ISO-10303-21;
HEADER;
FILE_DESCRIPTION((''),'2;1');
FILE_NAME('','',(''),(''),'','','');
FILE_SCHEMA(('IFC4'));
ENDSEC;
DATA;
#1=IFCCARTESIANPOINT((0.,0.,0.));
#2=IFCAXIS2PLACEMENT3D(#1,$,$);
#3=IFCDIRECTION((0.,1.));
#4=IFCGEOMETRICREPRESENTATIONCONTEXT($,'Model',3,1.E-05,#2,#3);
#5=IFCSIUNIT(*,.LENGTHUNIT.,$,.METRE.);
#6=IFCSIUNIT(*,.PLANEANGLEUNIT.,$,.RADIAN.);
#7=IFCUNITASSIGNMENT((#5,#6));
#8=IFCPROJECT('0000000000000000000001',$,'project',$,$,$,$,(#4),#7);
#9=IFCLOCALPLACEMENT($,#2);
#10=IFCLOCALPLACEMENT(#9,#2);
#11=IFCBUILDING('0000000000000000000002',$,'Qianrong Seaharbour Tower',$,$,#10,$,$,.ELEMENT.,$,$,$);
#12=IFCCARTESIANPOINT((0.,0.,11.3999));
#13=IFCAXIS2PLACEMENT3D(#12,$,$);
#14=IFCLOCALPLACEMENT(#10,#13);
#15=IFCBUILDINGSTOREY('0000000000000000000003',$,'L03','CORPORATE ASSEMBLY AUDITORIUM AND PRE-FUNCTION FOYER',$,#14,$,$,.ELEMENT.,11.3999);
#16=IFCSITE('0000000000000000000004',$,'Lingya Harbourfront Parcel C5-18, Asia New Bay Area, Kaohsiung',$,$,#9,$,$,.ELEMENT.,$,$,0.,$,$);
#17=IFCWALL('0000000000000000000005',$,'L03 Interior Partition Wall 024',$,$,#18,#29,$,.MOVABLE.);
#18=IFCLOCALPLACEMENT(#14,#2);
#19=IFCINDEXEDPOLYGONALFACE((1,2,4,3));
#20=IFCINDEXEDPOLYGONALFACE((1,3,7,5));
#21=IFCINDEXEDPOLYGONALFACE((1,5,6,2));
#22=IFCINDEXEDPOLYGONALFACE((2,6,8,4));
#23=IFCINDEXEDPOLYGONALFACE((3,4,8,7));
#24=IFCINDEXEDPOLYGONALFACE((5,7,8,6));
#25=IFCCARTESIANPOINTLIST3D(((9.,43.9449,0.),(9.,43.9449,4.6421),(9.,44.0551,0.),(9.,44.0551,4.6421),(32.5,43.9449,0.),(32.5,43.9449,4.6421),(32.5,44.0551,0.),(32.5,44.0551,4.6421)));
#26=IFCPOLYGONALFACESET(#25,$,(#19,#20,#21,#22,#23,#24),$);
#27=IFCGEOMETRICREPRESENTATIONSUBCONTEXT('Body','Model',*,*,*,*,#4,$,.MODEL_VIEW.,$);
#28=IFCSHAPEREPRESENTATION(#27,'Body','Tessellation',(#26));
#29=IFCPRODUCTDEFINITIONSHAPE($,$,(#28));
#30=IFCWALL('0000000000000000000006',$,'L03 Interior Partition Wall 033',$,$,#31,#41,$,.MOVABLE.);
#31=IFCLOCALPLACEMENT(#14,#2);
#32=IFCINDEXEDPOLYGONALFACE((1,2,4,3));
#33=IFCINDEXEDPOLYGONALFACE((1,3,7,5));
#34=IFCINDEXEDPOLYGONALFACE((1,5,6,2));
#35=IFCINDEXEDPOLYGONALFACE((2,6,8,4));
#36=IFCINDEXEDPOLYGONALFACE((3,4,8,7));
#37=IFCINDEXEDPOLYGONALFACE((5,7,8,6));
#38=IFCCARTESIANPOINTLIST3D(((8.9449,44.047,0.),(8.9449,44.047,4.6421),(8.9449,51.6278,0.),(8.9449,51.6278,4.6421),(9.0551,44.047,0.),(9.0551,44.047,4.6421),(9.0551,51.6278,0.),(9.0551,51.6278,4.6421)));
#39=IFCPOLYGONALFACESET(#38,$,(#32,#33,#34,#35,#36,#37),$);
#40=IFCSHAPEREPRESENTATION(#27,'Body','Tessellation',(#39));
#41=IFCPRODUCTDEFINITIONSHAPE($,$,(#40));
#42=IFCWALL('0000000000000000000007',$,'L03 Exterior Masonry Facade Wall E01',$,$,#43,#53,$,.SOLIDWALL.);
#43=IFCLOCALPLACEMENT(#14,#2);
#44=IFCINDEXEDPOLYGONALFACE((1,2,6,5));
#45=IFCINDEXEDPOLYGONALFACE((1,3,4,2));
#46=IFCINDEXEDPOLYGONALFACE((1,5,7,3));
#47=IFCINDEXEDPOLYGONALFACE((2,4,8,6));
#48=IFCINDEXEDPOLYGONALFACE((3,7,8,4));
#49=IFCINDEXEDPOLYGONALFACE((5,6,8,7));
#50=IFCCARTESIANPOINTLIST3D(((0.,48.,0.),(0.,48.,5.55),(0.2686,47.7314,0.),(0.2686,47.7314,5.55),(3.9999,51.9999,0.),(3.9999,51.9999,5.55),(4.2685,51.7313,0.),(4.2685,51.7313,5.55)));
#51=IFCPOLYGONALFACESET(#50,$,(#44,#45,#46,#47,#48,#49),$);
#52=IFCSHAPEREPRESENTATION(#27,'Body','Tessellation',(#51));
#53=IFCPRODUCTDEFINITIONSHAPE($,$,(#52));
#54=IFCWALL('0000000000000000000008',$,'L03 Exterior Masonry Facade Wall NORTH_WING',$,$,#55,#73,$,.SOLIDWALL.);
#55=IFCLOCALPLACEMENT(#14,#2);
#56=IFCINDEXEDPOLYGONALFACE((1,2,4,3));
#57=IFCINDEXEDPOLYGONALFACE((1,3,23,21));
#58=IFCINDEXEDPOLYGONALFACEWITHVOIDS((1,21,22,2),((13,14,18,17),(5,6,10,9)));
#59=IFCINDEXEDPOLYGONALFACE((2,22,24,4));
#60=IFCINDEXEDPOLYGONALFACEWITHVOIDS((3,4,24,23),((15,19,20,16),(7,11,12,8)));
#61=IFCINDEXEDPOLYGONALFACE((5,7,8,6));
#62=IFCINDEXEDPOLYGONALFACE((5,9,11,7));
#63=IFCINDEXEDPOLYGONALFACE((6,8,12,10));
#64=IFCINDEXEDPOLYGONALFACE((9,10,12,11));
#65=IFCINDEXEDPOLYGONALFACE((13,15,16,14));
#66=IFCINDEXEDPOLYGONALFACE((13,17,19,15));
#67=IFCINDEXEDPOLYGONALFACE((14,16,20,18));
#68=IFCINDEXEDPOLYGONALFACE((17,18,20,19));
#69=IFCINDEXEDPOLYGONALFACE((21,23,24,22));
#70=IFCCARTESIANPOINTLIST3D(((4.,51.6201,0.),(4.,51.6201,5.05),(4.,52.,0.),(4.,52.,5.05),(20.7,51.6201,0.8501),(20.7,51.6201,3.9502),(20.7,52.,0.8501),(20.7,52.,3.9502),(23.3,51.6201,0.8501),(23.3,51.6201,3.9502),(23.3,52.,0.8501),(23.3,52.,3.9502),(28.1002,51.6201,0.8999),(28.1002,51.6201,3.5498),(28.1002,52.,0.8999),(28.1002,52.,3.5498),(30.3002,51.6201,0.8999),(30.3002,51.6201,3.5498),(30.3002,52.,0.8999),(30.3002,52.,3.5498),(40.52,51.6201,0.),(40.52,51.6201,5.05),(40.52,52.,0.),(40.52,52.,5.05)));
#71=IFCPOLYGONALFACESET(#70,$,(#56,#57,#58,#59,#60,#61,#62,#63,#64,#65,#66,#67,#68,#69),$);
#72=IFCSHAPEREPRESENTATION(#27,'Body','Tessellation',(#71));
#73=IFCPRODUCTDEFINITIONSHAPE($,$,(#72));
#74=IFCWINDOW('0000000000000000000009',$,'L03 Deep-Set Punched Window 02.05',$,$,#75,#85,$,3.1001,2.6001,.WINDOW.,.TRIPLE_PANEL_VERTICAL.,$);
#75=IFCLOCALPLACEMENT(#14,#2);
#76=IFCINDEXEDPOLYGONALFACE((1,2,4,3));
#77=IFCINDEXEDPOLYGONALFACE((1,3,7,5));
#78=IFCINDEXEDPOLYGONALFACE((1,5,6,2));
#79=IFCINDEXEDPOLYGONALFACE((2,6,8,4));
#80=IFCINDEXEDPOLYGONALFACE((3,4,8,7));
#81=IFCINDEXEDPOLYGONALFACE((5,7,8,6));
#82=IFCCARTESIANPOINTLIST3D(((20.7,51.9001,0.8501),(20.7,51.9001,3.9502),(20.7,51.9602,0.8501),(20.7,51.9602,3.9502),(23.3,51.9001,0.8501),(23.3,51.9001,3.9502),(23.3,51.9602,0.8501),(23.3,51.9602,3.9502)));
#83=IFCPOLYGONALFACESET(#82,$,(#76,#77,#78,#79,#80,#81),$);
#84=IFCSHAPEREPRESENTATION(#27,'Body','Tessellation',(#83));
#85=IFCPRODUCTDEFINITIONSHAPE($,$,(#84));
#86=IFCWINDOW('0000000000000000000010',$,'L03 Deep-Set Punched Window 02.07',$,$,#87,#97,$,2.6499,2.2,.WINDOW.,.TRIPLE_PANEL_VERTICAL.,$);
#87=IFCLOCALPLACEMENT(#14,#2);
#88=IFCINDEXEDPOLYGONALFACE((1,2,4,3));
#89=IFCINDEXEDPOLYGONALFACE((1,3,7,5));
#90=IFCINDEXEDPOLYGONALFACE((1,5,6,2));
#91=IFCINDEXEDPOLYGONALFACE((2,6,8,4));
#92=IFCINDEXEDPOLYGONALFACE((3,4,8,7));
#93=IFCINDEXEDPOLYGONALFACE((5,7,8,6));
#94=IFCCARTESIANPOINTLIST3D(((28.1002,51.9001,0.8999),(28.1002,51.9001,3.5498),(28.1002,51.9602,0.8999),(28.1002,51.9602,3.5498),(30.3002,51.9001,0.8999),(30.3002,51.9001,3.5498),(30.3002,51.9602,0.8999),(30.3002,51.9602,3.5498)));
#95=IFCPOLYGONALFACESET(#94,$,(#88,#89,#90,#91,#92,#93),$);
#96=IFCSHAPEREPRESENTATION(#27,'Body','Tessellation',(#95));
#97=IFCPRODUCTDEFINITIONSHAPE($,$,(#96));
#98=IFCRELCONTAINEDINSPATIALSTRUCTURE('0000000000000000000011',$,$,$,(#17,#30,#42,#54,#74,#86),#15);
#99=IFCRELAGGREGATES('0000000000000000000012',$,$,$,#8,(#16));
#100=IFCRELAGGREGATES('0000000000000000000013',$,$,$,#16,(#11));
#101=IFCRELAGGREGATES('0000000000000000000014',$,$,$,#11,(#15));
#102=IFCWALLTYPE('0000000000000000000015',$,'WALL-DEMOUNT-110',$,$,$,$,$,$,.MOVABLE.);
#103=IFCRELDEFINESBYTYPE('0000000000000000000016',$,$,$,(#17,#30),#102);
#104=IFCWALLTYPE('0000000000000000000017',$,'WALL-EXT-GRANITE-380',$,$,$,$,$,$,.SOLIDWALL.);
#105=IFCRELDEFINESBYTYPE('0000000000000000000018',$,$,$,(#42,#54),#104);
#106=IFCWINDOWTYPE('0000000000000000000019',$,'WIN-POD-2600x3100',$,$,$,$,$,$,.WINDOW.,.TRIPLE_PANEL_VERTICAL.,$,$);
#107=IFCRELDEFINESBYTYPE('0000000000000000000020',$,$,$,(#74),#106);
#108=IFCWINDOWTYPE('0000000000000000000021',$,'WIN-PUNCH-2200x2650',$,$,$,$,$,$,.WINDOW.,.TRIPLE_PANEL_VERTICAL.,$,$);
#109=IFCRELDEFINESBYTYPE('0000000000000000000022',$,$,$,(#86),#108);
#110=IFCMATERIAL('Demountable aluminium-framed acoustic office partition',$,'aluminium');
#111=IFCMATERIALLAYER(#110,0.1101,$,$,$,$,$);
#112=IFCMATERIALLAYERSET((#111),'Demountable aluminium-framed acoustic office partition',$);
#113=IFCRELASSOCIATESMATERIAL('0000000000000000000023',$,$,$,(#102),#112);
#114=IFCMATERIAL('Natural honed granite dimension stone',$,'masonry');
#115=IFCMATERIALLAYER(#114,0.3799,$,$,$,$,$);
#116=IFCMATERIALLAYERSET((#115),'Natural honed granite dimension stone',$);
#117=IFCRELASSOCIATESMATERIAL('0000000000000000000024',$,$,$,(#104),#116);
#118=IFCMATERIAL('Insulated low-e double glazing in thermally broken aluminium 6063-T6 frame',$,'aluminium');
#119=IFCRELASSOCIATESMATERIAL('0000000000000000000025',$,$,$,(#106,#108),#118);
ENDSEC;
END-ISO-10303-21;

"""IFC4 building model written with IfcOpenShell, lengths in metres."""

from ifc_helpers import new_model, si_unit, direction, frame, frame_2d, origin, place, context, subcontext, project, spatial, rectangle, extrude, material, layer, layer_set, type_object, element, fill, save


model = new_model("IFC4")

# Units and contexts
model_context = context("Model", 3, precision=1e-05, world=origin(), true_north=direction((0.0, 1.0)))
body_context = subcontext(model_context, "Body", "Model", "MODEL_VIEW")
ifc_project = project(units=[si_unit("LENGTHUNIT", "METRE"), si_unit("PLANEANGLEUNIT", "RADIAN")], contexts=[model_context])

# Site, building, storey
site_placement = place(None, origin())
site = spatial("IfcSite", under=ifc_project, at=site_placement, Name="Lingya Harbourfront Parcel C5-18, Asia New Bay Area, Kaohsiung", CompositionType="ELEMENT", RefElevation=0.0)
building_placement = place(site_placement, origin())
building = spatial("IfcBuilding", under=site, at=building_placement, Name="Qianrong Seaharbour Tower", CompositionType="ELEMENT")
storey_placement = place(building_placement, frame((0.0, 0.0, 11.3999)))
storey = spatial("IfcBuildingStorey", under=building, at=storey_placement, Name="L03", Description="CORPORATE ASSEMBLY AUDITORIUM AND PRE-FUNCTION FOYER", CompositionType="ELEMENT", Elevation=11.3999)

# Walls
ifc_material_1 = material(Name="Demountable aluminium-framed acoustic office partition", Category="aluminium")
ifc_layer_1 = layer(ifc_material_1, 0.1101)
ifc_layer_set_1 = layer_set([ifc_layer_1], Name="Demountable aluminium-framed acoustic office partition")
wall_type_1 = type_object("IfcWallType", Name="WALL-DEMOUNT-110", PredefinedType="MOVABLE", material=ifc_layer_set_1)
wall_1_placement = place(storey_placement, frame((9.0, 44.0, 0.0), z_axis=(0.0, 0.0, 1.0), x_axis=(1.0, 0.0, 0.0)))
element("IfcWall", 1, at=wall_1_placement, inside=storey, type_object=wall_type_1, Name="L03 Interior Partition Wall 024", PredefinedType="MOVABLE", context=body_context, shape_type="SweptSolid", body=[
    extrude(rectangle(XDim=23.5, YDim=0.1101, at=frame_2d((11.75, 0.0))), origin(), (0.0, 0.0, 1.0), 4.6421),
])
wall_2_placement = place(storey_placement, frame((9.0, 51.6279, 0.0), z_axis=(0.0, 0.0, 1.0), x_axis=(0.0, -1.0, 0.0)))
element("IfcWall", 2, at=wall_2_placement, inside=storey, type_object=wall_type_1, Name="L03 Interior Partition Wall 033", PredefinedType="MOVABLE", context=body_context, shape_type="SweptSolid", body=[
    extrude(rectangle(XDim=7.5808, YDim=0.1101, at=frame_2d((3.7905, 0.0))), origin(), (0.0, 0.0, 1.0), 4.6421),
])
ifc_material_2 = material(Name="Natural honed granite dimension stone", Category="masonry")
ifc_layer_2 = layer(ifc_material_2, 0.3799)
ifc_layer_set_2 = layer_set([ifc_layer_2], Name="Natural honed granite dimension stone")
wall_type_2 = type_object("IfcWallType", Name="WALL-EXT-GRANITE-380", PredefinedType="SOLIDWALL", material=ifc_layer_set_2)
wall_3_placement = place(storey_placement, frame((0.1343, 47.8657, 0.0), z_axis=(0.0, 0.0, 1.0), x_axis=(0.707107, 0.707107, 0.0)))
element("IfcWall", 3, at=wall_3_placement, inside=storey, type_object=wall_type_2, Name="L03 Exterior Masonry Facade Wall E01", PredefinedType="SOLIDWALL", context=body_context, shape_type="SweptSolid", body=[
    extrude(rectangle(XDim=5.6567, YDim=0.3799, at=frame_2d((2.8284, 0.0))), origin(), (0.0, 0.0, 1.0), 5.55),
])

# Wall, openings, windows
wall_4_placement = place(storey_placement, frame((4.0, 51.8101, 0.0), z_axis=(0.0, 0.0, 1.0), x_axis=(1.0, 0.0, 0.0)))
wall_4 = element("IfcWall", 4, at=wall_4_placement, inside=storey, type_object=wall_type_2, Name="L03 Exterior Masonry Facade Wall NORTH_WING", PredefinedType="SOLIDWALL", context=body_context, shape_type="SweptSolid", body=[
    extrude(rectangle(XDim=36.52, YDim=0.3799, at=frame_2d((18.26, 0.0))), origin(), (0.0, 0.0, 1.0), 5.05),
])
opening_1_placement = place(wall_4_placement, frame((16.7, 0.0, 0.8501)))
opening_1 = element("IfcOpeningElement", 5, at=opening_1_placement, cuts=wall_4, PredefinedType="OPENING", context=body_context, shape_type="SweptSolid", body=[
    extrude(rectangle(XDim=2.6001, YDim=3.1001, at=frame_2d((1.3, 1.55))), frame((0.0, 0.2, 0.0), z_axis=(0.0, -1.0, 0.0), x_axis=(1.0, 0.0, 0.0)), (0.0, 0.0, 1.0), 0.3999),
])
opening_2_placement = place(wall_4_placement, frame((24.1001, 0.0, 0.8999)))
opening_2 = element("IfcOpeningElement", 6, at=opening_2_placement, cuts=wall_4, PredefinedType="OPENING", context=body_context, shape_type="SweptSolid", body=[
    extrude(rectangle(XDim=2.2, YDim=2.6499, at=frame_2d((1.1001, 1.325))), frame((0.0, 0.2, 0.0), z_axis=(0.0, -1.0, 0.0), x_axis=(1.0, 0.0, 0.0)), (0.0, 0.0, 1.0), 0.3999),
])
ifc_material_3 = material(Name="Insulated low-e double glazing in thermally broken aluminium 6063-T6 frame", Category="aluminium")
window_type_1 = type_object("IfcWindowType", Name="WIN-POD-2600x3100", PartitioningType="TRIPLE_PANEL_VERTICAL", PredefinedType="WINDOW", material=ifc_material_3)
window_1_placement = place(opening_1_placement, origin())
window_1 = element("IfcWindow", 7, at=window_1_placement, inside=storey, type_object=window_type_1, Name="L03 Deep-Set Punched Window 02.05", OverallHeight=3.1001, OverallWidth=2.6001, PartitioningType="TRIPLE_PANEL_VERTICAL", PredefinedType="WINDOW", context=body_context, shape_type="SweptSolid", body=[
    extrude(rectangle(XDim=2.6001, YDim=3.1001, at=frame_2d((1.3, 1.55))), frame((0.0, 0.1501, 0.0), z_axis=(0.0, -1.0, 0.0), x_axis=(1.0, 0.0, 0.0)), (0.0, 0.0, 1.0), 0.0601),
])
fill(opening_1, window_1)
window_type_2 = type_object("IfcWindowType", Name="WIN-PUNCH-2200x2650", PartitioningType="TRIPLE_PANEL_VERTICAL", PredefinedType="WINDOW", material=ifc_material_3)
window_2_placement = place(opening_2_placement, origin())
window_2 = element("IfcWindow", 8, at=window_2_placement, inside=storey, type_object=window_type_2, Name="L03 Deep-Set Punched Window 02.07", OverallHeight=2.6499, OverallWidth=2.2, PartitioningType="TRIPLE_PANEL_VERTICAL", PredefinedType="WINDOW", context=body_context, shape_type="SweptSolid", body=[
    extrude(rectangle(XDim=2.2, YDim=2.6499, at=frame_2d((1.1001, 1.325))), frame((0.0, 0.1501, 0.0), z_axis=(0.0, -1.0, 0.0), x_axis=(1.0, 0.0, 0.0)), (0.0, 0.0, 1.0), 0.0601),
])
fill(opening_2, window_2)

save(model, "model.ifc")
